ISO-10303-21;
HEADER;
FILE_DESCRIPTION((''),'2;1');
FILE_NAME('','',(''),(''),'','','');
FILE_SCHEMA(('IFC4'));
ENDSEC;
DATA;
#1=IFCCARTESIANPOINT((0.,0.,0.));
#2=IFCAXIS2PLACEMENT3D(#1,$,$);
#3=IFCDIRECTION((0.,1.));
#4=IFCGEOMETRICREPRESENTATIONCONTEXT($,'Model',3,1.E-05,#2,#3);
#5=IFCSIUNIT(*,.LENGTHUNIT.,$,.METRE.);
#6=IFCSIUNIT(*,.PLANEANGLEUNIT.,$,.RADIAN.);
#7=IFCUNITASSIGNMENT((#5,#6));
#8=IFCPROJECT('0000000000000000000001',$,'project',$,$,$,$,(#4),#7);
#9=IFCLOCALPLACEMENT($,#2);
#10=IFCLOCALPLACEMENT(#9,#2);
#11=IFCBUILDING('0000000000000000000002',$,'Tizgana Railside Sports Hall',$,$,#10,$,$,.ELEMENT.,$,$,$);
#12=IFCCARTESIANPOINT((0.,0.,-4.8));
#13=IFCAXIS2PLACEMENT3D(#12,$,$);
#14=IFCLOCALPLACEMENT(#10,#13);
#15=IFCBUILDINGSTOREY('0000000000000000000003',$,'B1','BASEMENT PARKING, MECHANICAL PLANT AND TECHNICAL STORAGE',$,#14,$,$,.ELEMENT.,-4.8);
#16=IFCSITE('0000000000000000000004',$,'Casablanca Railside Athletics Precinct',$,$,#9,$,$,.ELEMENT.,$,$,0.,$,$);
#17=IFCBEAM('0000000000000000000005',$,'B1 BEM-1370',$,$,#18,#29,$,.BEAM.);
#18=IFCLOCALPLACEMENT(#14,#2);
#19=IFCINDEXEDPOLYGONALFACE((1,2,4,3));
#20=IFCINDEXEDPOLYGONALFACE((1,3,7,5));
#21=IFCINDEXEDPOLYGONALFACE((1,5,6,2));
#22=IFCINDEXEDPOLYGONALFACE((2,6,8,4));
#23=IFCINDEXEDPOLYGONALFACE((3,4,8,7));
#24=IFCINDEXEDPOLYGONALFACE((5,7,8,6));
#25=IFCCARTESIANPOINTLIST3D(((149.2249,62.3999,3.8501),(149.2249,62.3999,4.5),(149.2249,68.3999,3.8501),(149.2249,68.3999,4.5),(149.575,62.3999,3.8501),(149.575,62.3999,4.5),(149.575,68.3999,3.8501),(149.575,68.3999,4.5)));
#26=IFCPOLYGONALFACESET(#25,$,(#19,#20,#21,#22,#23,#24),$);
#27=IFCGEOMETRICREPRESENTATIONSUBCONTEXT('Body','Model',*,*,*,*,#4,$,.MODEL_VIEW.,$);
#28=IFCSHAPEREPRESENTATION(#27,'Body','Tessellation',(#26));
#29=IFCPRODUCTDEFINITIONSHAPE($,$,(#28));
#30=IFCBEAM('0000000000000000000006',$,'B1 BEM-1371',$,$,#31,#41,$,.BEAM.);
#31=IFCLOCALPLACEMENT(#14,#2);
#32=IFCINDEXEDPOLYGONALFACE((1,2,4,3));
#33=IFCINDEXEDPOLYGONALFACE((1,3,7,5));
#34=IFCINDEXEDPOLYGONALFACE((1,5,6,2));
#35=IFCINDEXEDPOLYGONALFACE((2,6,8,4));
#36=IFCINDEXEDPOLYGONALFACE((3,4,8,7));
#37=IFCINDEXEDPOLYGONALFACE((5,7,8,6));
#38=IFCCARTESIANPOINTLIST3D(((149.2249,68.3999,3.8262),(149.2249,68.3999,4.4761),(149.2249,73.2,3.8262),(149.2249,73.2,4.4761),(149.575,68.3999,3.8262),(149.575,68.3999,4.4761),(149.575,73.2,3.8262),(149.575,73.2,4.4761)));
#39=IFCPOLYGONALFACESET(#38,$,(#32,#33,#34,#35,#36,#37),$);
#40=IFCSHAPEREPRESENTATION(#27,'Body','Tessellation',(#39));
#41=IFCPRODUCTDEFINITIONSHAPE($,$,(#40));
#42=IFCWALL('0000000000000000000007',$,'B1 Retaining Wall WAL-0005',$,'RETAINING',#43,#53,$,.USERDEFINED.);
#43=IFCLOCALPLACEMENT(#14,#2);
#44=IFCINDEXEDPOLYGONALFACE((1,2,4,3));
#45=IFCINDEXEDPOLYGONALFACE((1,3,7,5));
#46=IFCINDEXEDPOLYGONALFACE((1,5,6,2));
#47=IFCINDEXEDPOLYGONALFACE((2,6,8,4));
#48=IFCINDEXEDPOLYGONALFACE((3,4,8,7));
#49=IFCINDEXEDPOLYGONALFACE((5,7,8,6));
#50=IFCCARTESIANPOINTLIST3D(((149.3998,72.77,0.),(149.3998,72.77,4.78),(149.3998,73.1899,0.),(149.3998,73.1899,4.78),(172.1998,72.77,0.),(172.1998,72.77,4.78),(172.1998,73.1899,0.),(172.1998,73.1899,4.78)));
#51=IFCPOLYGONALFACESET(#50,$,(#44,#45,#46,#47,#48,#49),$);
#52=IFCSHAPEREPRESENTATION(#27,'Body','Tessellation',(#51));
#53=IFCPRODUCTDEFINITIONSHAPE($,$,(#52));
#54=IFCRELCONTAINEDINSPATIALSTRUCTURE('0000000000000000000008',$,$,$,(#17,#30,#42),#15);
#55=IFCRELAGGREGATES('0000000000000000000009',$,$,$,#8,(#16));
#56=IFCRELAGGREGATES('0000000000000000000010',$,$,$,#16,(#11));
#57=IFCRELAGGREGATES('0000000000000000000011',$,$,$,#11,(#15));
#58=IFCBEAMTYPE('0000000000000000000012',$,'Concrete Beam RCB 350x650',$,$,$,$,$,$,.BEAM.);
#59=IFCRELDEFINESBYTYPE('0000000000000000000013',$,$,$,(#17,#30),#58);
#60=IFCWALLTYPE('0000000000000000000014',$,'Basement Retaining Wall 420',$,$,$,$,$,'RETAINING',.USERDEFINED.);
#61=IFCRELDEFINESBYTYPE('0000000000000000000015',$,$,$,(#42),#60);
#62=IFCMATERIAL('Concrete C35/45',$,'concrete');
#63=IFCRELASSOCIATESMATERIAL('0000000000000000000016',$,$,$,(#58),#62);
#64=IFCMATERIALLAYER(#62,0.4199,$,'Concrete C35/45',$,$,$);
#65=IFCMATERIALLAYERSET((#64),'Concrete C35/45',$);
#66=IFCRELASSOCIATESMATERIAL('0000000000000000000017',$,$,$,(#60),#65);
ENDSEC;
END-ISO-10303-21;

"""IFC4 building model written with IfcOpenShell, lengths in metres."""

from ifc_helpers import new_model, si_unit, direction, frame, frame_2d, origin, origin_2d, place, context, subcontext, project, spatial, rectangle, extrude, material, layer, layer_set, material_profile, profile_set, type_object, element, save


model = new_model("IFC4")

# Units and contexts
model_context = context("Model", 3, precision=1e-05, world=origin(), true_north=direction((0.0, 1.0)))
body_context = subcontext(model_context, "Body", "Model", "MODEL_VIEW")
ifc_project = project(units=[si_unit("LENGTHUNIT", "METRE"), si_unit("PLANEANGLEUNIT", "RADIAN")], contexts=[model_context])

# Site, building, storey
site_placement = place(None, origin())
site = spatial("IfcSite", under=ifc_project, at=site_placement, Name="Casablanca Railside Athletics Precinct", CompositionType="ELEMENT", RefElevation=0.0)
building_placement = place(site_placement, origin())
building = spatial("IfcBuilding", under=site, at=building_placement, Name="Tizgana Railside Sports Hall", CompositionType="ELEMENT")
storey_placement = place(building_placement, frame((0.0, 0.0, -4.8)))
storey = spatial("IfcBuildingStorey", under=building, at=storey_placement, Name="B1", Description="BASEMENT PARKING, MECHANICAL PLANT AND TECHNICAL STORAGE", CompositionType="ELEMENT", Elevation=-4.8)

# Shared definitions
ifc_material_1 = material(Name="Concrete C35/45", Category="concrete")

# Beams
ifc_material_profile_1 = material_profile(ifc_material_1, rectangle(XDim=0.3501, YDim=0.6499, at=origin_2d()), Name="RCB 350x650")
ifc_profile_set_1 = profile_set([ifc_material_profile_1], Name="Concrete C35/45")
beam_type = type_object("IfcBeamType", Name="Concrete Beam RCB 350x650", PredefinedType="BEAM", material=ifc_profile_set_1)
beam_1_placement = place(storey_placement, frame((149.3999, 62.3999, 4.175), z_axis=(0.0, 1.0, 0.0), x_axis=(-1.0, 0.0, 0.0)))
element("IfcBeam", 1, at=beam_1_placement, inside=storey, type_object=beam_type, Name="B1 BEM-1370", PredefinedType="BEAM", context=body_context, shape_type="SweptSolid", body=[
    extrude(rectangle(XDim=0.3501, YDim=0.6499, at=origin_2d()), origin(), (0.0, 0.0, 1.0), 6.0),
])
beam_2_placement = place(storey_placement, frame((149.3999, 68.3999, 4.1511), z_axis=(0.0, 1.0, 0.0), x_axis=(-1.0, 0.0, 0.0)))
element("IfcBeam", 2, at=beam_2_placement, inside=storey, type_object=beam_type, Name="B1 BEM-1371", PredefinedType="BEAM", context=body_context, shape_type="SweptSolid", body=[
    extrude(rectangle(XDim=0.3501, YDim=0.6499, at=origin_2d()), origin(), (0.0, 0.0, 1.0), 4.8),
])

# Wall
ifc_layer = layer(ifc_material_1, 0.4199, Name="Concrete C35/45")
ifc_layer_set = layer_set([ifc_layer], Name="Concrete C35/45")
wall_type = type_object("IfcWallType", Name="Basement Retaining Wall 420", ElementType="RETAINING", PredefinedType="USERDEFINED", material=ifc_layer_set)
wall_placement = place(storey_placement, frame((149.3999, 72.98, 0.0), z_axis=(0.0, 0.0, 1.0), x_axis=(1.0, 0.0, 0.0)))
element("IfcWall", 3, at=wall_placement, inside=storey, type_object=wall_type, Name="B1 Retaining Wall WAL-0005", ObjectType="RETAINING", PredefinedType="USERDEFINED", context=body_context, shape_type="SweptSolid", body=[
    extrude(rectangle(XDim=22.8, YDim=0.4199, at=frame_2d((11.3999, 0.0))), origin(), (0.0, 0.0, 1.0), 4.78),
])

save(model, "model.ifc")
